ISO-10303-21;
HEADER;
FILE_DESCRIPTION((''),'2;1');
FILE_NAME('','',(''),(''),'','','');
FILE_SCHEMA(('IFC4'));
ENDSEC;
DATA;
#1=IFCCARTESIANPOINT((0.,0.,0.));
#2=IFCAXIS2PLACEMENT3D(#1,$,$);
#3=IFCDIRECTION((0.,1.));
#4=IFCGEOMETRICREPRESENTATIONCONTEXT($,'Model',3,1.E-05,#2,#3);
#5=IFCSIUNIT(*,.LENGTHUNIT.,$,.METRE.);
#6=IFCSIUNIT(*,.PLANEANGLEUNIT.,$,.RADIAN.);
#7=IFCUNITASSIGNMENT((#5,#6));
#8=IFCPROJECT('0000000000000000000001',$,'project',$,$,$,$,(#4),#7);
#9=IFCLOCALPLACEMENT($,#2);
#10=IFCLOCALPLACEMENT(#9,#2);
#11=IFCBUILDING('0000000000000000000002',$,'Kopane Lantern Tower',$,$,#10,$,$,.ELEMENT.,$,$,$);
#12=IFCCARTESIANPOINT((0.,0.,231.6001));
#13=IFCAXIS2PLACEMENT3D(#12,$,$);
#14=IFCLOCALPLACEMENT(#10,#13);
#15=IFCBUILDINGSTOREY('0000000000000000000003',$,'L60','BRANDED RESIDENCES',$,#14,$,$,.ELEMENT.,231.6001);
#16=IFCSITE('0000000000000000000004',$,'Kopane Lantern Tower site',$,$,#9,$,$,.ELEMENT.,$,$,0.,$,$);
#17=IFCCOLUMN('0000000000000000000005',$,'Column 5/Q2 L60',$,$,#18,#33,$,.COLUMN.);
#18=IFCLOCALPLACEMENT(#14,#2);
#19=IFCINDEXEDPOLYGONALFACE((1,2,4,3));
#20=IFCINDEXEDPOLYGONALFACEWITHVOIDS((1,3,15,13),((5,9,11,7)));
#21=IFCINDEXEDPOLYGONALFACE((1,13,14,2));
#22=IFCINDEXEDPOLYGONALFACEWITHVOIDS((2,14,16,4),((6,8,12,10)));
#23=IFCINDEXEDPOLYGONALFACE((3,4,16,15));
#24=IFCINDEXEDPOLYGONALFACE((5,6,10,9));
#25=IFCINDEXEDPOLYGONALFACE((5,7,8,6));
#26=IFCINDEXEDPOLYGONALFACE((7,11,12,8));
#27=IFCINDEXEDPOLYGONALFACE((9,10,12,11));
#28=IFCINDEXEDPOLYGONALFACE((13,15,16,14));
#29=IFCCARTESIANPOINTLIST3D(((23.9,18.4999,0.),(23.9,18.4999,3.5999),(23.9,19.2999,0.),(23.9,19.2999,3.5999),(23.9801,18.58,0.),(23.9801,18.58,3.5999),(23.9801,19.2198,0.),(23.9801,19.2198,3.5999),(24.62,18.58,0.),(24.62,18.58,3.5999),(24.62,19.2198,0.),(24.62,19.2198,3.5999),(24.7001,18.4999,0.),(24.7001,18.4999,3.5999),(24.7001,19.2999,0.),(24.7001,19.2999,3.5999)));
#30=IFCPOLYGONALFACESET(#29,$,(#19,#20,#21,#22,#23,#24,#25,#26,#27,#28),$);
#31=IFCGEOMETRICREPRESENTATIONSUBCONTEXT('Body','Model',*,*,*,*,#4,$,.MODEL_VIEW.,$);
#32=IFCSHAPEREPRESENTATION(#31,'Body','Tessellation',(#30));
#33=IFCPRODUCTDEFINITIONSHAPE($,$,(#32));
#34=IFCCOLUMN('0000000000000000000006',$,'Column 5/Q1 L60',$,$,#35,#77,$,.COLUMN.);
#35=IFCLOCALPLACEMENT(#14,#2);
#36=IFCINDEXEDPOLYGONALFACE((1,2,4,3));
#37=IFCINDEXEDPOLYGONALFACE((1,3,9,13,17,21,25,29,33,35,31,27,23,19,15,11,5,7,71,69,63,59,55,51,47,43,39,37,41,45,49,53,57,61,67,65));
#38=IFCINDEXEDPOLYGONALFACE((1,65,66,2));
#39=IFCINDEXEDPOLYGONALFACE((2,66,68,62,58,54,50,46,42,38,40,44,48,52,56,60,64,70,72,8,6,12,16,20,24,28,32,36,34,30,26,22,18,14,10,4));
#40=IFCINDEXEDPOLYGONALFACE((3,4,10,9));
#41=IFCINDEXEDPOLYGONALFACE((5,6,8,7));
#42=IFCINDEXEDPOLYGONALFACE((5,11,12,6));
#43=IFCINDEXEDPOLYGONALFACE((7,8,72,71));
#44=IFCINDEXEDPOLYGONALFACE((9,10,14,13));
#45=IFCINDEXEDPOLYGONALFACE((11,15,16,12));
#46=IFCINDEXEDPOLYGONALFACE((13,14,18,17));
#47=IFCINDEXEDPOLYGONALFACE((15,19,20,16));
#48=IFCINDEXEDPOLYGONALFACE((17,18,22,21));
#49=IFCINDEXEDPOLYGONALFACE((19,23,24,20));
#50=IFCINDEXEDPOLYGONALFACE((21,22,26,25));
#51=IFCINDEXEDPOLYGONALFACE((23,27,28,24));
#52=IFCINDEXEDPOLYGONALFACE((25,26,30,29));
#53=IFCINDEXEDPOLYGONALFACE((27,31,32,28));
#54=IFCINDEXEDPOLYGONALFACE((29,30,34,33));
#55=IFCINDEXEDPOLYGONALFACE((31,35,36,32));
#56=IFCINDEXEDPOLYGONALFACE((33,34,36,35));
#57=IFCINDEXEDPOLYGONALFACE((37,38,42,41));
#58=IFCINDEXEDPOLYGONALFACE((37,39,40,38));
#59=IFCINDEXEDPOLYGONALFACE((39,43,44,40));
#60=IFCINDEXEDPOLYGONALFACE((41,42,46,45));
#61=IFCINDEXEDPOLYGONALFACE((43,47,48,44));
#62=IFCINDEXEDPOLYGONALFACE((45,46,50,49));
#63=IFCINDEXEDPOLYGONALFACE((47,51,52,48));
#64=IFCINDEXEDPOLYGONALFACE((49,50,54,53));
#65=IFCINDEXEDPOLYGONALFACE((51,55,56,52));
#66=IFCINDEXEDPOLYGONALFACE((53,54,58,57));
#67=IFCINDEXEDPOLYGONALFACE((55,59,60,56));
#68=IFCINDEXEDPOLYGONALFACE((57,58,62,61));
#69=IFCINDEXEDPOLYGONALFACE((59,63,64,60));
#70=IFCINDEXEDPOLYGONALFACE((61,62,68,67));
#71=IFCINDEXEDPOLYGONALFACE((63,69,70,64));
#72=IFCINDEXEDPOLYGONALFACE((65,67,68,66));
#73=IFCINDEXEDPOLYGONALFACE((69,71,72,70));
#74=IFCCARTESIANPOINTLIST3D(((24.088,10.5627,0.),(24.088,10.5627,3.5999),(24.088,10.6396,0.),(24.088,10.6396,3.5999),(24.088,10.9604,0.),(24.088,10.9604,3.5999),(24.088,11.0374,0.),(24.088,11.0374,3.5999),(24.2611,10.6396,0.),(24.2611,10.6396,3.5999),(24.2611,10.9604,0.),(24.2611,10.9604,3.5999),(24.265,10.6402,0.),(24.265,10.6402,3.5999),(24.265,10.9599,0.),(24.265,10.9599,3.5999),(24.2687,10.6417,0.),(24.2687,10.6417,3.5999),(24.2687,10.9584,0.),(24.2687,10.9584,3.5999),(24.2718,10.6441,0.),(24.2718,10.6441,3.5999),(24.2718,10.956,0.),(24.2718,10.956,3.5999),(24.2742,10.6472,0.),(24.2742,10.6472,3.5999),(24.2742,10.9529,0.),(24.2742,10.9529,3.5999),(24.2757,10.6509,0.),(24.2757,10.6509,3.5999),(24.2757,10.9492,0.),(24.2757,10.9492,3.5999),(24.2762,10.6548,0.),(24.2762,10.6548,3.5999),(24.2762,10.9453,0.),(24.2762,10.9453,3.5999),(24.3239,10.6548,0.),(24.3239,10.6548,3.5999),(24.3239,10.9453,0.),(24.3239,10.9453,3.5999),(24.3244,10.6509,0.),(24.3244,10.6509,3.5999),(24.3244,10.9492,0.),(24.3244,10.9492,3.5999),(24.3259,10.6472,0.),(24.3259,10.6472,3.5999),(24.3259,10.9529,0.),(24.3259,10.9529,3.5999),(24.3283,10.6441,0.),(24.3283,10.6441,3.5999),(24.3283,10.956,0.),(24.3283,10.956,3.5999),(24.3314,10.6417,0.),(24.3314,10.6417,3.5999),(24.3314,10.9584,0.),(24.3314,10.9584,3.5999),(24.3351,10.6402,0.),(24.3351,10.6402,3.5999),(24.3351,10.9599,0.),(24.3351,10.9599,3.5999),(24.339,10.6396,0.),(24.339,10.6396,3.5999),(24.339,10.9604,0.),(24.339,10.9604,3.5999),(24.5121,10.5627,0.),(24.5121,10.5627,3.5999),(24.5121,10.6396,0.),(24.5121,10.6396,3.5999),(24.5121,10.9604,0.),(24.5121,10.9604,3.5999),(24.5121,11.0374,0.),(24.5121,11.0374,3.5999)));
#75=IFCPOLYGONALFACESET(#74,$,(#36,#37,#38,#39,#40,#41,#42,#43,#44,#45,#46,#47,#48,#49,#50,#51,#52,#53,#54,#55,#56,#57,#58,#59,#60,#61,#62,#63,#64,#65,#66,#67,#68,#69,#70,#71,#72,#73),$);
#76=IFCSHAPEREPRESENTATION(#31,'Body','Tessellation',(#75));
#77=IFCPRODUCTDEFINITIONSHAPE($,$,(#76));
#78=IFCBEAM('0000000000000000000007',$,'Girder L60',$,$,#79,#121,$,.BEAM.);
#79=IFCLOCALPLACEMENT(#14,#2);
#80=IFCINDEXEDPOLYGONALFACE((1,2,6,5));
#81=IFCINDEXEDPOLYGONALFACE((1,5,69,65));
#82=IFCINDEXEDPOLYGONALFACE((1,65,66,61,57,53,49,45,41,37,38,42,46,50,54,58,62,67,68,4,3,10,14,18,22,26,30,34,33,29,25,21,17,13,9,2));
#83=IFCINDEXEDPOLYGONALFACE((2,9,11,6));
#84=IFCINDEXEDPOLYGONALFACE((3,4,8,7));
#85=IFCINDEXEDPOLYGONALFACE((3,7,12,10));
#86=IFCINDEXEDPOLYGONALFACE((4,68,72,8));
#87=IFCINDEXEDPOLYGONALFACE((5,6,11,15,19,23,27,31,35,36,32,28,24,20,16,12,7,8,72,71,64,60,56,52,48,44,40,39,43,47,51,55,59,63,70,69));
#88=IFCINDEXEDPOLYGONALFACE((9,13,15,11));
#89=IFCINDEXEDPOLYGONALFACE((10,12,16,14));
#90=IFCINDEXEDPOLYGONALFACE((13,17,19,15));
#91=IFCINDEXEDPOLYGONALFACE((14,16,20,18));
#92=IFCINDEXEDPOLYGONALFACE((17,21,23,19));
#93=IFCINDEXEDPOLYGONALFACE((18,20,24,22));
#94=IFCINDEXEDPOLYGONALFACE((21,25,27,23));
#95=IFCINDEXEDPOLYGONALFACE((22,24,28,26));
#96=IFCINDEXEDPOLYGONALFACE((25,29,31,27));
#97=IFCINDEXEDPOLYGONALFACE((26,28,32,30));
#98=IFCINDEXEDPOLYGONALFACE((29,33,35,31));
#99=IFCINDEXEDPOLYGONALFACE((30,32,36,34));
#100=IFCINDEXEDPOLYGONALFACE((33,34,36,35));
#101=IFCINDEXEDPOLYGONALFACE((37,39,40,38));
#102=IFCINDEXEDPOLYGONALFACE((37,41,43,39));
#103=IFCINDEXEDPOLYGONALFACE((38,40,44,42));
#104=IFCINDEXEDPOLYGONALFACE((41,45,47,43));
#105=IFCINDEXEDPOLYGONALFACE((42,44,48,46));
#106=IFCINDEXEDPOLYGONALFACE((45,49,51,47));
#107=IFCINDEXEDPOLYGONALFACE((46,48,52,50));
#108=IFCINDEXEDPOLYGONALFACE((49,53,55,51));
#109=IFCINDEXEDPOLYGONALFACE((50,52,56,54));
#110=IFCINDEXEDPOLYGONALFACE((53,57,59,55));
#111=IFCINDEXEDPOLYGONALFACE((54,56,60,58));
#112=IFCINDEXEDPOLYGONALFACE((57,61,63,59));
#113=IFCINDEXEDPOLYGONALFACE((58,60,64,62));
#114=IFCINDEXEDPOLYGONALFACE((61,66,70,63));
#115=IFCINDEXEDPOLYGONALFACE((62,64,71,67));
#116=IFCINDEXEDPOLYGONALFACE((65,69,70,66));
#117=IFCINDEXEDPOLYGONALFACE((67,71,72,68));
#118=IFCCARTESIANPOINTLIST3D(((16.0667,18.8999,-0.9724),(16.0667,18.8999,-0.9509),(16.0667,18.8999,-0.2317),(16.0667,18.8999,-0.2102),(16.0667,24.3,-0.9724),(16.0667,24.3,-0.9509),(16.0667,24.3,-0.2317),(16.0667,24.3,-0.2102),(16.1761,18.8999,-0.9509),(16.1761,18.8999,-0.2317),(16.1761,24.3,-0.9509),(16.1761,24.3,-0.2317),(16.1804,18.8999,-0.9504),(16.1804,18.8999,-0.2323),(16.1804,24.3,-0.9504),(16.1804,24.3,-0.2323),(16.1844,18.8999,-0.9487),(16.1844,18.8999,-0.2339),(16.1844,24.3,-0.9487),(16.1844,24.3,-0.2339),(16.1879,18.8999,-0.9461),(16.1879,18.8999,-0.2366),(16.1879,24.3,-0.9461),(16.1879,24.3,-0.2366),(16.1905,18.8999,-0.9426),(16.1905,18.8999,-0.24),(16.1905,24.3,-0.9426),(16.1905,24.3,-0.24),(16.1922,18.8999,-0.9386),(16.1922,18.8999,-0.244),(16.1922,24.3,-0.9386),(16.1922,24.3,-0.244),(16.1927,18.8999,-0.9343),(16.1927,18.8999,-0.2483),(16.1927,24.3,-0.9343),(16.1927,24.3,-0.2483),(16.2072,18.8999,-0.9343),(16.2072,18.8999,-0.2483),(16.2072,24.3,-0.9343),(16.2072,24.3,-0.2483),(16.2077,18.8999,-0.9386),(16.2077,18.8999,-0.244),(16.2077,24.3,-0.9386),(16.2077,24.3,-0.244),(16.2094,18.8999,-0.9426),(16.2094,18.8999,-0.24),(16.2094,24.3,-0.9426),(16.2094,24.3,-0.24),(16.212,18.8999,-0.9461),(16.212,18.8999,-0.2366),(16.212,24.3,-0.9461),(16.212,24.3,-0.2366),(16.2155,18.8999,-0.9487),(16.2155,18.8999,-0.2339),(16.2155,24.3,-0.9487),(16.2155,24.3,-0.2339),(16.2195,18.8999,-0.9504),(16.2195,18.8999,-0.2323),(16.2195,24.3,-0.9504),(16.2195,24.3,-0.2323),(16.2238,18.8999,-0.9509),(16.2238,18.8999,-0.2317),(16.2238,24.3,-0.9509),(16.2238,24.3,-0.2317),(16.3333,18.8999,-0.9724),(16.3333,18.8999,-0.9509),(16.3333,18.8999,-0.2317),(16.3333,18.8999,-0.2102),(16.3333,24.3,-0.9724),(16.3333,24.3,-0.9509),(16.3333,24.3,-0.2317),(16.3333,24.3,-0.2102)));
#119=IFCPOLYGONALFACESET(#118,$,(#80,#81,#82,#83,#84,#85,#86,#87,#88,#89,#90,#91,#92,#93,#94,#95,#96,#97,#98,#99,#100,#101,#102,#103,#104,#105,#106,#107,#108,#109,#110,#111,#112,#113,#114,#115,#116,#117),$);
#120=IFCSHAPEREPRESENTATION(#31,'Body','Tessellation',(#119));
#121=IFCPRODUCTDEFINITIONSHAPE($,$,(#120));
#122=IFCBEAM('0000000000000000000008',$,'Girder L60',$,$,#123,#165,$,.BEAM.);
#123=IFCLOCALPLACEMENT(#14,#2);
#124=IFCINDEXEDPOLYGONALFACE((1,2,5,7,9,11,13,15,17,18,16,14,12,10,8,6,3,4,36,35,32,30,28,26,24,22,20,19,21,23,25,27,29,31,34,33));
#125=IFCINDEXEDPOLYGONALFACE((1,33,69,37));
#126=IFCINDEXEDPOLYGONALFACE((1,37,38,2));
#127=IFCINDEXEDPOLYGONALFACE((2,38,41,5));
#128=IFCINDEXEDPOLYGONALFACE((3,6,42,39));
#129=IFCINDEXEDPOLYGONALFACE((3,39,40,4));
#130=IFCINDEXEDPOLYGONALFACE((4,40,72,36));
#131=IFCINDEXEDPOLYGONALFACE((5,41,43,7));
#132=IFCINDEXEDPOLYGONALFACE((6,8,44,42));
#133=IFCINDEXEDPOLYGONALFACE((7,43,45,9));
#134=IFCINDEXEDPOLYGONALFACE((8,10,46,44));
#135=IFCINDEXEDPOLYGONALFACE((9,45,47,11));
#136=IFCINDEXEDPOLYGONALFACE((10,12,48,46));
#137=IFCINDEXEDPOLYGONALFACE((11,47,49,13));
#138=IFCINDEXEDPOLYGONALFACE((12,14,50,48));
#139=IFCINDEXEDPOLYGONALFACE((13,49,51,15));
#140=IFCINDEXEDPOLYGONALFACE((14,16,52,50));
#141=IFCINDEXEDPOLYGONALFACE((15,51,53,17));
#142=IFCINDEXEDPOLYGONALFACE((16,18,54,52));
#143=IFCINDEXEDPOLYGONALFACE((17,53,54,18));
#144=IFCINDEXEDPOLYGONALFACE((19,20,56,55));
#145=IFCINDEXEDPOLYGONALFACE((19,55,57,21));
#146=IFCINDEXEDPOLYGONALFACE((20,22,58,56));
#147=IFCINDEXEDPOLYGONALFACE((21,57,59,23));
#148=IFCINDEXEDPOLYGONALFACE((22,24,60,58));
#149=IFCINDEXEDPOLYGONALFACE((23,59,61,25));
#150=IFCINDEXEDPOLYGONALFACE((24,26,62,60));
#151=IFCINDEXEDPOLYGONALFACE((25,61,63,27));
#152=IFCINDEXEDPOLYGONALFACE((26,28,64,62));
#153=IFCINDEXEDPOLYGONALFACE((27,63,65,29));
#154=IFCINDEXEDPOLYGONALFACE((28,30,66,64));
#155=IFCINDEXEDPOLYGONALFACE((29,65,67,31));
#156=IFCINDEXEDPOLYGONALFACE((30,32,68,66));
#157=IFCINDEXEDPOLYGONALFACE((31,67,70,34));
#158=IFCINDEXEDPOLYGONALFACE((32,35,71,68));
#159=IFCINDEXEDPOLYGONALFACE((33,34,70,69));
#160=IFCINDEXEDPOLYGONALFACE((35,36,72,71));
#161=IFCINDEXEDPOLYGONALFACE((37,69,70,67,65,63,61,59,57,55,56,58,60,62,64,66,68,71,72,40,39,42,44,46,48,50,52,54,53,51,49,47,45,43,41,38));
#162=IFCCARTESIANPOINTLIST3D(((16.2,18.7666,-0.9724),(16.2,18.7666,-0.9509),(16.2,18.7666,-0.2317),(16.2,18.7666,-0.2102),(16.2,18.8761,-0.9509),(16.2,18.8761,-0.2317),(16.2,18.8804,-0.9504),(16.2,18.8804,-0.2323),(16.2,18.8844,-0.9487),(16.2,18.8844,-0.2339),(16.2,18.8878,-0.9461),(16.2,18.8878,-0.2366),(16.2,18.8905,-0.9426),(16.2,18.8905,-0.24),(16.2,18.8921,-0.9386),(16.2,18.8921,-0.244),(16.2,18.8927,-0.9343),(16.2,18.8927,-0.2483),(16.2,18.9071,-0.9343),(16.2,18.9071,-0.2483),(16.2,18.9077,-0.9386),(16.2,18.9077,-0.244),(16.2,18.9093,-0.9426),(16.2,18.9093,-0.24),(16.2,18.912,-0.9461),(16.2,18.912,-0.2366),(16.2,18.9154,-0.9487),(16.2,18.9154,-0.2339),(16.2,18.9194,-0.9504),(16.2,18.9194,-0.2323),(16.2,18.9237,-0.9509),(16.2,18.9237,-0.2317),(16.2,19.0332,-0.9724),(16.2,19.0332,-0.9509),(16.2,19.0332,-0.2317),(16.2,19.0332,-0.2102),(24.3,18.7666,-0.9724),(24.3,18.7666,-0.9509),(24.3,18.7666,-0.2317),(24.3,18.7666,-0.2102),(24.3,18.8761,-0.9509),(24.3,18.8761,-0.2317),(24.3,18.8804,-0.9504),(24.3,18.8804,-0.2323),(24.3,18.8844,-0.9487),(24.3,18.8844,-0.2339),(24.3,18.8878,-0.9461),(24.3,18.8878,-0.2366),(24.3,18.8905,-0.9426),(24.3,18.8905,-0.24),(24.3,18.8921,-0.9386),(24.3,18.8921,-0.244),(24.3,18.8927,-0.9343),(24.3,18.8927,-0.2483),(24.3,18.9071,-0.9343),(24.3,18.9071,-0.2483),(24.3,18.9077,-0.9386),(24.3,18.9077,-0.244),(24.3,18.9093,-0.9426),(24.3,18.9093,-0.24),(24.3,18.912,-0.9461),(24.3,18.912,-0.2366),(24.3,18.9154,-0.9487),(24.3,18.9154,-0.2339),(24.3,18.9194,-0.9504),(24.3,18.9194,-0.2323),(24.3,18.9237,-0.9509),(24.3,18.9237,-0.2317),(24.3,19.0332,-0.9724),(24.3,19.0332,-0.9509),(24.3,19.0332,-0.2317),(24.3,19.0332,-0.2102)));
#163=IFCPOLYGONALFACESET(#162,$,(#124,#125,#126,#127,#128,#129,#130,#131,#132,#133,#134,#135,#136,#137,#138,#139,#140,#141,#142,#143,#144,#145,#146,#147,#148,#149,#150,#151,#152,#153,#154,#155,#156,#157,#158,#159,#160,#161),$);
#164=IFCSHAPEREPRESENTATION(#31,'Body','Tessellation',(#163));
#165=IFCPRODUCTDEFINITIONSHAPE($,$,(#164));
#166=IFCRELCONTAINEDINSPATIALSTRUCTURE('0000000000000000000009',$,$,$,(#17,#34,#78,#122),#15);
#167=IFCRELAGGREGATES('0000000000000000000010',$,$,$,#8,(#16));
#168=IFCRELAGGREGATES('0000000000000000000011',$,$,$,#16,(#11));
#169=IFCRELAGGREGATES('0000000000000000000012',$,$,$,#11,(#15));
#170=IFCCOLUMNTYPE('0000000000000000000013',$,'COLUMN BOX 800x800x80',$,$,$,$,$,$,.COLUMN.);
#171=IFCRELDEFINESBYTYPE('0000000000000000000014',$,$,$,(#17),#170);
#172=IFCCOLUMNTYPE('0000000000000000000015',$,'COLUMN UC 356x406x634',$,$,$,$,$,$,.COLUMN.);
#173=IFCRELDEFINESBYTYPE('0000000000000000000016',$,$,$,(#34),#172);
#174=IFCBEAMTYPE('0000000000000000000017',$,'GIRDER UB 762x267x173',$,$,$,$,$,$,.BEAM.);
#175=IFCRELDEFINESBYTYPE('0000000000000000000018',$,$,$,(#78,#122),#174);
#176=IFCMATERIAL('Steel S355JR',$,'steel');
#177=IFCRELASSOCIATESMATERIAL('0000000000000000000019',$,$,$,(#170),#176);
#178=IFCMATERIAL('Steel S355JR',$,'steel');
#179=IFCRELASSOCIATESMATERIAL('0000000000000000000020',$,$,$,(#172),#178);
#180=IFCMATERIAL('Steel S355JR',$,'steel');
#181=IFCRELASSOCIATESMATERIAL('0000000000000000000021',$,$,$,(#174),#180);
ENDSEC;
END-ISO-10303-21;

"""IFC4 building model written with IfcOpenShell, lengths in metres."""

from ifc_helpers import new_model, si_unit, direction, frame, origin, origin_2d, place, context, subcontext, project, spatial, hollow_rectangle, i_section, extrude, material, material_profile, profile_set, type_object, element, save


model = new_model("IFC4")

# Units and contexts
model_context = context("Model", 3, precision=1e-05, world=origin(), true_north=direction((0.0, 1.0)))
body_context = subcontext(model_context, "Body", "Model", "MODEL_VIEW")
ifc_project = project(units=[si_unit("LENGTHUNIT", "METRE"), si_unit("PLANEANGLEUNIT", "RADIAN")], contexts=[model_context])

# Site, building, storey
site_placement = place(None, origin())
site = spatial("IfcSite", under=ifc_project, at=site_placement, Name="Kopane Lantern Tower site", CompositionType="ELEMENT", RefElevation=0.0)
building_placement = place(site_placement, origin())
building = spatial("IfcBuilding", under=site, at=building_placement, Name="Kopane Lantern Tower", CompositionType="ELEMENT")
storey_placement = place(building_placement, frame((0.0, 0.0, 231.6001)))
storey = spatial("IfcBuildingStorey", under=building, at=storey_placement, Name="L60", Description="BRANDED RESIDENCES", CompositionType="ELEMENT", Elevation=231.6001)

# Columns
ifc_material_1 = material(Name="Steel S355JR", Category="steel")
ifc_material_profile_1 = material_profile(ifc_material_1, hollow_rectangle(XDim=0.8, YDim=0.8, WallThickness=0.0801, at=origin_2d()), Name="BOX 800x800x80")
ifc_profile_set_1 = profile_set([ifc_material_profile_1], Name="Steel S355JR")
column_type_1 = type_object("IfcColumnType", Name="COLUMN BOX 800x800x80", PredefinedType="COLUMN", material=ifc_profile_set_1)
column_1_placement = place(storey_placement, frame((24.3, 18.8999, 0.0), z_axis=(0.0, 0.0, 1.0), x_axis=(1.0, 0.0, 0.0)))
element("IfcColumn", 1, at=column_1_placement, inside=storey, type_object=column_type_1, Name="Column 5/Q2 L60", PredefinedType="COLUMN", context=body_context, shape_type="SweptSolid", body=[
    extrude(hollow_rectangle(XDim=0.8, YDim=0.8, WallThickness=0.0801, at=origin_2d()), origin(), (0.0, 0.0, 1.0), 3.5999),
])
ifc_material_2 = material(Name="Steel S355JR", Category="steel")
ifc_material_profile_2 = material_profile(ifc_material_2, i_section(OverallWidth=0.4241, OverallDepth=0.4746, WebThickness=0.0476, FlangeThickness=0.0769, FilletRadius=0.0151, at=origin_2d()), Name="UC 356x406x634")
ifc_profile_set_2 = profile_set([ifc_material_profile_2], Name="Steel S355JR")
column_type_2 = type_object("IfcColumnType", Name="COLUMN UC 356x406x634", PredefinedType="COLUMN", material=ifc_profile_set_2)
column_2_placement = place(storey_placement, frame((24.3, 10.8, 0.0), z_axis=(0.0, 0.0, 1.0), x_axis=(1.0, 0.0, 0.0)))
element("IfcColumn", 2, at=column_2_placement, inside=storey, type_object=column_type_2, Name="Column 5/Q1 L60", PredefinedType="COLUMN", context=body_context, shape_type="SweptSolid", body=[
    extrude(i_section(OverallWidth=0.4241, OverallDepth=0.4746, WebThickness=0.0476, FlangeThickness=0.0769, FilletRadius=0.0151, at=origin_2d()), origin(), (0.0, 0.0, 1.0), 3.5999),
])

# Beams
ifc_material_3 = material(Name="Steel S355JR", Category="steel")
ifc_material_profile_3 = material_profile(ifc_material_3, i_section(OverallWidth=0.2666, OverallDepth=0.7622, WebThickness=0.0144, FlangeThickness=0.0215, FilletRadius=0.0166, at=origin_2d()), Name="UB 762x267x173")
ifc_profile_set_3 = profile_set([ifc_material_profile_3], Name="Steel S355JR")
beam_type = type_object("IfcBeamType", Name="GIRDER UB 762x267x173", PredefinedType="BEAM", material=ifc_profile_set_3)
beam_1_placement = place(storey_placement, frame((16.2, 18.8999, -0.5913), z_axis=(0.0, 1.0, 0.0), x_axis=(-1.0, 0.0, 0.0)))
element("IfcBeam", 3, at=beam_1_placement, inside=storey, type_object=beam_type, Name="Girder L60", PredefinedType="BEAM", context=body_context, shape_type="SweptSolid", body=[
    extrude(i_section(OverallWidth=0.2666, OverallDepth=0.7622, WebThickness=0.0144, FlangeThickness=0.0215, FilletRadius=0.0166, at=origin_2d()), origin(), (0.0, 0.0, 1.0), 5.4001),
])
beam_2_placement = place(storey_placement, frame((16.2, 18.8999, -0.5913), z_axis=(1.0, 0.0, 0.0), x_axis=(0.0, 1.0, 0.0)))
element("IfcBeam", 4, at=beam_2_placement, inside=storey, type_object=beam_type, Name="Girder L60", PredefinedType="BEAM", context=body_context, shape_type="SweptSolid", body=[
    extrude(i_section(OverallWidth=0.2666, OverallDepth=0.7622, WebThickness=0.0144, FlangeThickness=0.0215, FilletRadius=0.0166, at=origin_2d()), origin(), (0.0, 0.0, 1.0), 8.1001),
])

save(model, "model.ifc")
